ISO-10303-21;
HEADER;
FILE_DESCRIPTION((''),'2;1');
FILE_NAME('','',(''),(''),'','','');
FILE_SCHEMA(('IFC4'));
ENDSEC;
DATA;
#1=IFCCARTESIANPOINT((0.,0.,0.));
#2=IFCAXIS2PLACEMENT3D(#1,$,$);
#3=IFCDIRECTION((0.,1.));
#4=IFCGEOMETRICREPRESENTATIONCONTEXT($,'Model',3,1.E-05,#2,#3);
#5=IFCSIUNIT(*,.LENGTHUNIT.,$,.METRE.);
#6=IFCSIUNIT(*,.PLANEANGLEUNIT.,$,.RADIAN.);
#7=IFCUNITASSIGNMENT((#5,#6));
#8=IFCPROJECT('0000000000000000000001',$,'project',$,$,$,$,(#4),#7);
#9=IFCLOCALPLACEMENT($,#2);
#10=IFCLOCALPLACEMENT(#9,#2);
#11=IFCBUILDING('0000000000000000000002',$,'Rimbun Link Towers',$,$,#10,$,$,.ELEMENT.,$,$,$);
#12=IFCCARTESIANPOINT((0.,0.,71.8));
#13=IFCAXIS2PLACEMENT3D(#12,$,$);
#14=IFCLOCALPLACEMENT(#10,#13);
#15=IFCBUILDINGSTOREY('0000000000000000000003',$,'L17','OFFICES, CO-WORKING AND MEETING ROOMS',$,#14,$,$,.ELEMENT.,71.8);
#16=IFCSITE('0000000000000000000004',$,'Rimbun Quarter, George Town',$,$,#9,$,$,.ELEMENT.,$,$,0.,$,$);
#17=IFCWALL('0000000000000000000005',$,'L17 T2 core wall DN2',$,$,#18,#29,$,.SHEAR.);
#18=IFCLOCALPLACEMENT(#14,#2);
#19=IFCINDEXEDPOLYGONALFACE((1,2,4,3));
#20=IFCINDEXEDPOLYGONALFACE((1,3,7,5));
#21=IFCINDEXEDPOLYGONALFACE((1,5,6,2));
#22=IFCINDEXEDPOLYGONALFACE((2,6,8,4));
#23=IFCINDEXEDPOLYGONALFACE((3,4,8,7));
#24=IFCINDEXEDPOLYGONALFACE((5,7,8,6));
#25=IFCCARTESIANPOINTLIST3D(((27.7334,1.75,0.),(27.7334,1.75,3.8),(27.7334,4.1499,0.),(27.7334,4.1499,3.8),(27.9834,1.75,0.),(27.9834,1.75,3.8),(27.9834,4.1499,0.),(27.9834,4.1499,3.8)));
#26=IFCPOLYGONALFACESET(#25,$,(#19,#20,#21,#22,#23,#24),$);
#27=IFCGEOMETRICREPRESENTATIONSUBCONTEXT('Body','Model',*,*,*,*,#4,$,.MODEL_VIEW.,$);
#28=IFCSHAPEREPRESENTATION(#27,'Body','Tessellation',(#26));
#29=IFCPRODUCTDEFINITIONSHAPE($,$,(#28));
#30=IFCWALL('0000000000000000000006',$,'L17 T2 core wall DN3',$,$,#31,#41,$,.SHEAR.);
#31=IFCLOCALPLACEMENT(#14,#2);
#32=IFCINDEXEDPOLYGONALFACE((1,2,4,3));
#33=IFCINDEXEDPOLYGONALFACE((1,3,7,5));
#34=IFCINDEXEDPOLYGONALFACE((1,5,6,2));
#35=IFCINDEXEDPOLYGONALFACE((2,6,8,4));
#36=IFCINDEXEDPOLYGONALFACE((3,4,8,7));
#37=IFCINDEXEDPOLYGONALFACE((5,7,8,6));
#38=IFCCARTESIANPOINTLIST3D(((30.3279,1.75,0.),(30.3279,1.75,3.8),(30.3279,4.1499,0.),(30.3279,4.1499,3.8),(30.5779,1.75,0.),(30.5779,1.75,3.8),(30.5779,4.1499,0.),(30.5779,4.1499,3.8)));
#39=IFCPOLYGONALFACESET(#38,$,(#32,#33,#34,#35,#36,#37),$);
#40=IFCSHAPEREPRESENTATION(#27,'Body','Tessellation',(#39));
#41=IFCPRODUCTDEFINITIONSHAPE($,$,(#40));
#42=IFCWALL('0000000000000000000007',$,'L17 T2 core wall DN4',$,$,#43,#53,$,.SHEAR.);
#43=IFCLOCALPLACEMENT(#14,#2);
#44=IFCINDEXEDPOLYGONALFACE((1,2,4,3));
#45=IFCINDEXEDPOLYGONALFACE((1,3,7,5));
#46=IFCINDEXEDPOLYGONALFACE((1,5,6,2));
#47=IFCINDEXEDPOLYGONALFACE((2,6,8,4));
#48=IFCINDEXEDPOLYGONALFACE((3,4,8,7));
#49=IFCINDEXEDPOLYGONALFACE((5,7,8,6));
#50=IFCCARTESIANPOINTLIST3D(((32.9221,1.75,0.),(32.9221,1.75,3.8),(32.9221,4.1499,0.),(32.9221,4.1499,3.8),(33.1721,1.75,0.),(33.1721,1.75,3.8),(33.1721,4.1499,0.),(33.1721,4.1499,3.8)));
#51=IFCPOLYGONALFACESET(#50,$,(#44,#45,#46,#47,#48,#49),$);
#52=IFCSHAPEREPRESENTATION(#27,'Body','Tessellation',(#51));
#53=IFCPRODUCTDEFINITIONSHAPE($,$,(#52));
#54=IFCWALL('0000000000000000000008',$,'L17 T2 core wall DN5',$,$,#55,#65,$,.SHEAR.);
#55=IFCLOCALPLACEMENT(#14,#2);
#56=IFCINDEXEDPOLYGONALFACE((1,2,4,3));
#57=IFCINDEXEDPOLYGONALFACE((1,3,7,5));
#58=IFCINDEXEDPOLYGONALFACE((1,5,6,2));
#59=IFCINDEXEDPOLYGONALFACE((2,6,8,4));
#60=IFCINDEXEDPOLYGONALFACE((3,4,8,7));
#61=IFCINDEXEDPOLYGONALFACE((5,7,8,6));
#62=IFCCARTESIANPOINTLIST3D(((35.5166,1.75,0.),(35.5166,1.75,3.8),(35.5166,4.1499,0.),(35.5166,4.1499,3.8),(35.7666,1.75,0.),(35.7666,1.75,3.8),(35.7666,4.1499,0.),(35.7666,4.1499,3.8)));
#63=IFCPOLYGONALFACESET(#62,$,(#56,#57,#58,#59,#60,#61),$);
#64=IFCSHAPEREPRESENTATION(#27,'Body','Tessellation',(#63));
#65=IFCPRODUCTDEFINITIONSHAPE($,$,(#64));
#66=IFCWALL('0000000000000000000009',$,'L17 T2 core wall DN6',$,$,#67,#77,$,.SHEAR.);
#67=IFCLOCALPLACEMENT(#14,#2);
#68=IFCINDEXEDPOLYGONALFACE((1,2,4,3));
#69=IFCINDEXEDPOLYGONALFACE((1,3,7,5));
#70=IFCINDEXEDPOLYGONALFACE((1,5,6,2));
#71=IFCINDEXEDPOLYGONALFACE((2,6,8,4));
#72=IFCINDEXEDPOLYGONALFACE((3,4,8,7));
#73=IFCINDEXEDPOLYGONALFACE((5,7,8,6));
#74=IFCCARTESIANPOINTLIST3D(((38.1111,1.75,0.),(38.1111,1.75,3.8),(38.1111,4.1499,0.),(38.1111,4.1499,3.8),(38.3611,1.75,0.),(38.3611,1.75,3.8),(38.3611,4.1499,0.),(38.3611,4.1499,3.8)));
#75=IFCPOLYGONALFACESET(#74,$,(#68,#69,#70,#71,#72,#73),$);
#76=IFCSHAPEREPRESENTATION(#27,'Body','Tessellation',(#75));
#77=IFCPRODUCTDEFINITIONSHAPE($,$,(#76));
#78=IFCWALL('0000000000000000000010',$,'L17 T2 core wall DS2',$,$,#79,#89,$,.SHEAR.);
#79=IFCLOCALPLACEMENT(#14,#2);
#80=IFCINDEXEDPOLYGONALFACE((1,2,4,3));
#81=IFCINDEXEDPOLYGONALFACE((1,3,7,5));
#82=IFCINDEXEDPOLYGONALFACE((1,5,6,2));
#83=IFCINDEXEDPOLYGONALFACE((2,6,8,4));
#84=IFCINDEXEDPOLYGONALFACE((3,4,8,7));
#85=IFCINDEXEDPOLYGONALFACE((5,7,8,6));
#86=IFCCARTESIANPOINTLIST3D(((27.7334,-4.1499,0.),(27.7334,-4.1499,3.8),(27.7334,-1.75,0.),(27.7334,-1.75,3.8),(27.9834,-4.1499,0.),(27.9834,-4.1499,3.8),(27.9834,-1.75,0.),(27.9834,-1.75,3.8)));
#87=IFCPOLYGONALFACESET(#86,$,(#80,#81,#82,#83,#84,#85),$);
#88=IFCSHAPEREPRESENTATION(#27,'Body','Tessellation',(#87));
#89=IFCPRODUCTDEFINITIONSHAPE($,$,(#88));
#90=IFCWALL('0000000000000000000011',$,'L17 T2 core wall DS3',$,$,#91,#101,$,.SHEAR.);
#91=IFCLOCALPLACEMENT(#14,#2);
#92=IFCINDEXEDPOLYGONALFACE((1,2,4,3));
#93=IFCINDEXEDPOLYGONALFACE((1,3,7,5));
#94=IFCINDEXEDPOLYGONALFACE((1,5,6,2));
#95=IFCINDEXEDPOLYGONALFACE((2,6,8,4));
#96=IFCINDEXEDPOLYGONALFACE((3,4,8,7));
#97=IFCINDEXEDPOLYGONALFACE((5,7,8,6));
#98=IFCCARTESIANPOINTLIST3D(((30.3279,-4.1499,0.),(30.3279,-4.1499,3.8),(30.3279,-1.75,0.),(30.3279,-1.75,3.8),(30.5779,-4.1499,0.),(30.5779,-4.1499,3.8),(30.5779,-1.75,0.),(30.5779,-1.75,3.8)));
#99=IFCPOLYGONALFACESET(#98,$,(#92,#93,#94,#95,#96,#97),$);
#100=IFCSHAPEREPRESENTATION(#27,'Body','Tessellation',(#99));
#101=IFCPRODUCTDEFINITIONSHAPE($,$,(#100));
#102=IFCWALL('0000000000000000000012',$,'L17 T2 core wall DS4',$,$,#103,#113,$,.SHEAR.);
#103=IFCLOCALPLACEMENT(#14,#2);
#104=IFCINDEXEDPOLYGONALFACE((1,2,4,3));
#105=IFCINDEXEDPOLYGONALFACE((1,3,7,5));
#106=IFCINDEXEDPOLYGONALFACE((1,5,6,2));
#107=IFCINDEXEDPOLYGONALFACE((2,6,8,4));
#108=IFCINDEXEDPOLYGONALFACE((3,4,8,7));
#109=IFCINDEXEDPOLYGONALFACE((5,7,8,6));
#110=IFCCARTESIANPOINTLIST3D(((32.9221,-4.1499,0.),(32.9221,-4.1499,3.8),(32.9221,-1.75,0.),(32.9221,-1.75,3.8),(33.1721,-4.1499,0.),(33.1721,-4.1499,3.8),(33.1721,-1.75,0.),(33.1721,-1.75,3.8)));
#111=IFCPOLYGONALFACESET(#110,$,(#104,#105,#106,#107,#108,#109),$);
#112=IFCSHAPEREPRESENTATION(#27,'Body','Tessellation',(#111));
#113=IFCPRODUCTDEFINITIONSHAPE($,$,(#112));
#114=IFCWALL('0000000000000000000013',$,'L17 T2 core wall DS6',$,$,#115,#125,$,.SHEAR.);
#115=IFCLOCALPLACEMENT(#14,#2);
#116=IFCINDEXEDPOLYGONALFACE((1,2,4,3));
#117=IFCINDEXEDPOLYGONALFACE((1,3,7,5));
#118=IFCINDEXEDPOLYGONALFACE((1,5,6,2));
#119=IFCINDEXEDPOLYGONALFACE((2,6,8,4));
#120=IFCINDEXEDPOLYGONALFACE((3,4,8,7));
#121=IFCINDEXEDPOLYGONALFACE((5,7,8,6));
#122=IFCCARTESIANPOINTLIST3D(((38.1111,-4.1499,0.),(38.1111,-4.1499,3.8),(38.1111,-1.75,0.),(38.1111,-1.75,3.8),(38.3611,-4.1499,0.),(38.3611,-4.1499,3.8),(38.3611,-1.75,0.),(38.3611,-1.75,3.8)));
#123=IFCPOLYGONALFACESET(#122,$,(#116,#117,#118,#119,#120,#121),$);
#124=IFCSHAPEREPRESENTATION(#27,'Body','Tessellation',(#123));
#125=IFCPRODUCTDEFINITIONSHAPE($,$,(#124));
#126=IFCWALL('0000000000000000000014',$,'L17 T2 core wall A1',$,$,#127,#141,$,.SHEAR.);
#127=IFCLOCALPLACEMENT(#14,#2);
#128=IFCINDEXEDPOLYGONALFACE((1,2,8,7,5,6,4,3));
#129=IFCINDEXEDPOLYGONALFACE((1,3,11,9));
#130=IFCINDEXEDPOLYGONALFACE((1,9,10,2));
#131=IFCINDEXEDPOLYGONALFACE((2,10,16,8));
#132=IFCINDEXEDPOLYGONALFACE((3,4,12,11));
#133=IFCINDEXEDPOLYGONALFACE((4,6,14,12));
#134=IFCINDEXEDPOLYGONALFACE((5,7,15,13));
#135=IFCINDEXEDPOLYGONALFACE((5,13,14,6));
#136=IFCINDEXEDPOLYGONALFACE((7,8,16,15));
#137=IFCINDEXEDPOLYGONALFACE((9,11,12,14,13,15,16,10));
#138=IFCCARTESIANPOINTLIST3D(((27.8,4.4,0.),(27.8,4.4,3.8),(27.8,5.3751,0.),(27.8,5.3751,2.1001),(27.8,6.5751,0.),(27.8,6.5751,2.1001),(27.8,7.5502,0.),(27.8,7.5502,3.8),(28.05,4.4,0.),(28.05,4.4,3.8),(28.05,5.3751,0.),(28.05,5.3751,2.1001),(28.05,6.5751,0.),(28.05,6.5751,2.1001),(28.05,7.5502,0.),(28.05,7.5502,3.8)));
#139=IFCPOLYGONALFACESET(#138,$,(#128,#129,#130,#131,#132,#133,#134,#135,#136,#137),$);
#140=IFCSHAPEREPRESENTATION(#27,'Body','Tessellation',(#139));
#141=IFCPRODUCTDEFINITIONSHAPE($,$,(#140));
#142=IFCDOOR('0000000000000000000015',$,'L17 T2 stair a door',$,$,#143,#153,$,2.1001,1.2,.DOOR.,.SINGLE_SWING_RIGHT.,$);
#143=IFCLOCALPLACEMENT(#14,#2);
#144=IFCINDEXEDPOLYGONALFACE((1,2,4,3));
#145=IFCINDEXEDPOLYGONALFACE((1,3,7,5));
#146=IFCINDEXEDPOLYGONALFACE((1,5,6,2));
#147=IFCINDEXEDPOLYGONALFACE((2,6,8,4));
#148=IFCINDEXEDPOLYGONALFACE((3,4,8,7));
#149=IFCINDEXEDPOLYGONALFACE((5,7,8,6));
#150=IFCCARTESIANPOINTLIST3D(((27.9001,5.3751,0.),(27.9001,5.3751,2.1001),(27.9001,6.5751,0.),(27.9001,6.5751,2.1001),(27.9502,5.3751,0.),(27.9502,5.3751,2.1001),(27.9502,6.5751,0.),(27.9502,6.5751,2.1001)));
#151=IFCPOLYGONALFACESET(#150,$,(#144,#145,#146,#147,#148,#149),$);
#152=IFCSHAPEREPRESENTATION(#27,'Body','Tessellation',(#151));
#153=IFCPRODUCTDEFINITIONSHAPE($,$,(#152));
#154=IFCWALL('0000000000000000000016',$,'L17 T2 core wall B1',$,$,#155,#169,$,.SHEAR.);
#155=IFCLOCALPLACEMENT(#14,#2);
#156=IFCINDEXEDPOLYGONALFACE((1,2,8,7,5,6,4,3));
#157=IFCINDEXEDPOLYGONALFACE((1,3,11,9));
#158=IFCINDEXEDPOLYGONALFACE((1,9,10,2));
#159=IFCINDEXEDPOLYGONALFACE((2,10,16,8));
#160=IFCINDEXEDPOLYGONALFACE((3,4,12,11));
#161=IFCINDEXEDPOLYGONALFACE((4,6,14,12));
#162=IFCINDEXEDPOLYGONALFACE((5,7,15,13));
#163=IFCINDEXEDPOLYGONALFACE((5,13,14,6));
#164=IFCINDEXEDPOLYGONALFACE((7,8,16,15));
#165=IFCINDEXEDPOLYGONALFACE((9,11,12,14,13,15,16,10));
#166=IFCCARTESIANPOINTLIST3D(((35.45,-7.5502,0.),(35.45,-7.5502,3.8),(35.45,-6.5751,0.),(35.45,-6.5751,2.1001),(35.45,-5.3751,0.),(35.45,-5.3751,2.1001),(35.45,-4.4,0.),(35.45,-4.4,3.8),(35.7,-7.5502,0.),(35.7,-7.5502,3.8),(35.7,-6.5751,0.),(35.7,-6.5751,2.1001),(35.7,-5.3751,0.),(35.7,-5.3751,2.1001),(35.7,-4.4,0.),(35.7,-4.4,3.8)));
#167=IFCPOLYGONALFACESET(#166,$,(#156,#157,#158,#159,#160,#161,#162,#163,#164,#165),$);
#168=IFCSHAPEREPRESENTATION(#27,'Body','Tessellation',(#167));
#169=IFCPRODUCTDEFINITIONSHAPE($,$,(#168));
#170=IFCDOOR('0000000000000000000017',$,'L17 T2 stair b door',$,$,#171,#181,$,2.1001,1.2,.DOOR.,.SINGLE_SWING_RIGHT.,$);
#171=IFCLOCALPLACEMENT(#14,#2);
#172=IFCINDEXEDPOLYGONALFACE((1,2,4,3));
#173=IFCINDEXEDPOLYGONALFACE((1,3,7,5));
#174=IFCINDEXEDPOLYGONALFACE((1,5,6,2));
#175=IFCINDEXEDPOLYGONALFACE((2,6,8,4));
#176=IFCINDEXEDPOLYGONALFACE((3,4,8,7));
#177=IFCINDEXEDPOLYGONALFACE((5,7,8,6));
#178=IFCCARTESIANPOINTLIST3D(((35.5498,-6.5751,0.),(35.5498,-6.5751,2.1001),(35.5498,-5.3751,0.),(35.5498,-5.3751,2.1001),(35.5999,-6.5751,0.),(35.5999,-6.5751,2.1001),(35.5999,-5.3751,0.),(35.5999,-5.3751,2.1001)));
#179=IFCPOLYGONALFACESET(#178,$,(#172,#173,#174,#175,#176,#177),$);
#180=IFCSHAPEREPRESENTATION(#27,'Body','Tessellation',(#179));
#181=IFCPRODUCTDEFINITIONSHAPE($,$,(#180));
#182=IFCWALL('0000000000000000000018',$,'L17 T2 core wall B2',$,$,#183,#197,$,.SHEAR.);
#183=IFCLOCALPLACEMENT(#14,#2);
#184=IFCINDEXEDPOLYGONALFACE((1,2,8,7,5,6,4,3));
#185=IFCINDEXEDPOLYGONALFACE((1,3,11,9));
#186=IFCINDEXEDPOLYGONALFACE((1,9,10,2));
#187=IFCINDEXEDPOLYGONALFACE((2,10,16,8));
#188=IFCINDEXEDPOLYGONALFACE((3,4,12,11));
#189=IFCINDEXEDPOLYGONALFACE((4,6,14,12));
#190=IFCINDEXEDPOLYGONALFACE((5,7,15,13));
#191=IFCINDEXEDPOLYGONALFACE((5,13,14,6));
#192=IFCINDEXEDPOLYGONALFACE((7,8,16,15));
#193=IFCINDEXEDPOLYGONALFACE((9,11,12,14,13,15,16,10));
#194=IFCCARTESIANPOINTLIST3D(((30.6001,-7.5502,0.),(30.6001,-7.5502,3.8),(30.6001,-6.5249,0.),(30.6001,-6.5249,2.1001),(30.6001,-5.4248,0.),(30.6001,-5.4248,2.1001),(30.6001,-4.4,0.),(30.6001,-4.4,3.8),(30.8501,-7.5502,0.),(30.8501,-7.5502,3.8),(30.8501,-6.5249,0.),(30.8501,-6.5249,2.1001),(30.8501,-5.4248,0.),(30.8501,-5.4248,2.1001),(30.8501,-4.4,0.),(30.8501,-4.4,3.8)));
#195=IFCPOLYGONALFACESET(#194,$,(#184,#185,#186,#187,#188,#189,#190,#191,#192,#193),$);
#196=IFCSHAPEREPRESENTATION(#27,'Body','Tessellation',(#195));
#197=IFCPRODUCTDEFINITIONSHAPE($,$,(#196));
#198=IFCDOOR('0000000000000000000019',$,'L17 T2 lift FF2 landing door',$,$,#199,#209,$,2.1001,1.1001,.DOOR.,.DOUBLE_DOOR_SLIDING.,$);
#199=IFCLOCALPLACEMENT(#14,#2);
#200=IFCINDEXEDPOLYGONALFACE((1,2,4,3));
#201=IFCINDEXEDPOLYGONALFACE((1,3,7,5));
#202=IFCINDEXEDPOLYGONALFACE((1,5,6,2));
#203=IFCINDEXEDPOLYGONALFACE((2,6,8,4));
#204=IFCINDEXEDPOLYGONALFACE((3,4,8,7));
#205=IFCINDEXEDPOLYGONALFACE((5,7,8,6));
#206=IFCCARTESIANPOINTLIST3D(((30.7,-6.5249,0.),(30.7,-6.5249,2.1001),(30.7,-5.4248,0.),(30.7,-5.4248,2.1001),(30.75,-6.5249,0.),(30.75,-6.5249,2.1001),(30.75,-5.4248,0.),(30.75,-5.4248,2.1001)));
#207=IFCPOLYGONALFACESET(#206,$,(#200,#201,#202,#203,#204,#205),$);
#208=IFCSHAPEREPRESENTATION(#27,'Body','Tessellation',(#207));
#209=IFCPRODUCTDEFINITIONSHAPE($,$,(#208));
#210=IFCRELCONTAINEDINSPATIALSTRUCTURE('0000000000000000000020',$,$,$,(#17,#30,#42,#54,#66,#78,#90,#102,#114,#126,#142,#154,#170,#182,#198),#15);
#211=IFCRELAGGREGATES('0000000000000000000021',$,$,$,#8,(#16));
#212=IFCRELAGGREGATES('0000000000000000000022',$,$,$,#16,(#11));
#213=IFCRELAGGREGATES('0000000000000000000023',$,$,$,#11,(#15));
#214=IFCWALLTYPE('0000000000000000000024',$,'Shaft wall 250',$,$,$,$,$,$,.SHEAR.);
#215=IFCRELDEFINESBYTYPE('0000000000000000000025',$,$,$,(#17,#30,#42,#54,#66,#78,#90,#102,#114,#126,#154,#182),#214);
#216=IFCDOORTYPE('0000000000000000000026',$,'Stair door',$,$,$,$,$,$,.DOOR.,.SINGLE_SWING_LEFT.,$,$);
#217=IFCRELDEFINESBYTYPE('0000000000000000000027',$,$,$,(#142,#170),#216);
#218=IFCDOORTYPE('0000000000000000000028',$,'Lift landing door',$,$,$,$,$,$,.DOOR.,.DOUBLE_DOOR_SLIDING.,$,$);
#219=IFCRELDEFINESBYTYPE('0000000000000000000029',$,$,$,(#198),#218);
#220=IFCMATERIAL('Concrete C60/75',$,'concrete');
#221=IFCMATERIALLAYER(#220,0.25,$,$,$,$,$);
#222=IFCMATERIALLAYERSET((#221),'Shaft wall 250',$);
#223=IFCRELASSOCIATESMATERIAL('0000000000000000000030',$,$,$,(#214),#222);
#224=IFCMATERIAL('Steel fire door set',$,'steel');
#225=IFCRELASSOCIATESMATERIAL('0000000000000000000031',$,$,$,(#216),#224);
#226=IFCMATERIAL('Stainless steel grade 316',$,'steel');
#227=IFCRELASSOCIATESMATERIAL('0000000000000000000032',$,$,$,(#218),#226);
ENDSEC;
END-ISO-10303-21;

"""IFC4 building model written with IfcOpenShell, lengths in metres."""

from ifc_helpers import new_model, si_unit, direction, frame, frame_2d, origin, place, context, subcontext, project, spatial, rectangle, extrude, material, layer, layer_set, type_object, element, fill, save


model = new_model("IFC4")

# Units and contexts
model_context = context("Model", 3, precision=1e-05, world=origin(), true_north=direction((0.0, 1.0)))
body_context = subcontext(model_context, "Body", "Model", "MODEL_VIEW")
ifc_project = project(units=[si_unit("LENGTHUNIT", "METRE"), si_unit("PLANEANGLEUNIT", "RADIAN")], contexts=[model_context])

# Site, building, storey
site_placement = place(None, origin())
site = spatial("IfcSite", under=ifc_project, at=site_placement, Name="Rimbun Quarter, George Town", CompositionType="ELEMENT", RefElevation=0.0)
building_placement = place(site_placement, origin())
building = spatial("IfcBuilding", under=site, at=building_placement, Name="Rimbun Link Towers", CompositionType="ELEMENT")
storey_placement = place(building_placement, frame((0.0, 0.0, 71.8)))
storey = spatial("IfcBuildingStorey", under=building, at=storey_placement, Name="L17", Description="OFFICES, CO-WORKING AND MEETING ROOMS", CompositionType="ELEMENT", Elevation=71.8)

# Walls
ifc_material_1 = material(Name="Concrete C60/75", Category="concrete")
ifc_layer = layer(ifc_material_1, 0.25)
ifc_layer_set = layer_set([ifc_layer], Name="Shaft wall 250")
wall_type = type_object("IfcWallType", Name="Shaft wall 250", PredefinedType="SHEAR", material=ifc_layer_set)
for number, where, z_axis, x_axis, name in (
    (1, (27.8584, 1.75, 0.0), (0.0, 0.0, 1.0), (0.0, 1.0, 0.0), "L17 T2 core wall DN2"),
    (2, (30.4529, 1.75, 0.0), (0.0, 0.0, 1.0), (0.0, 1.0, 0.0), "L17 T2 core wall DN3"),
    (3, (33.0471, 1.75, 0.0), (0.0, 0.0, 1.0), (0.0, 1.0, 0.0), "L17 T2 core wall DN4"),
    (4, (35.6416, 1.75, 0.0), (0.0, 0.0, 1.0), (0.0, 1.0, 0.0), "L17 T2 core wall DN5"),
    (5, (38.2361, 1.75, 0.0), (0.0, 0.0, 1.0), (0.0, 1.0, 0.0), "L17 T2 core wall DN6"),
    (6, (27.8584, -4.1499, 0.0), (0.0, 0.0, 1.0), (0.0, 1.0, 0.0), "L17 T2 core wall DS2"),
    (7, (30.4529, -4.1499, 0.0), (0.0, 0.0, 1.0), (0.0, 1.0, 0.0), "L17 T2 core wall DS3"),
    (8, (33.0471, -4.1499, 0.0), (0.0, 0.0, 1.0), (0.0, 1.0, 0.0), "L17 T2 core wall DS4"),
    (9, (38.2361, -4.1499, 0.0), (0.0, 0.0, 1.0), (0.0, 1.0, 0.0), "L17 T2 core wall DS6"),
):
    element("IfcWall", number, at=place(storey_placement, frame(where, z_axis=z_axis, x_axis=x_axis)), inside=storey, type_object=wall_type, Name=name, PredefinedType="SHEAR", context=body_context, shape_type="SweptSolid", body=[
        extrude(rectangle(XDim=2.3999, YDim=0.25, at=frame_2d((1.2, 0.0))), origin(), (0.0, 0.0, 1.0), 3.8),
    ])

# Walls, openings, doors
wall_1_placement = place(storey_placement, frame((27.925, 4.3999, 0.0), z_axis=(0.0, 0.0, 1.0), x_axis=(0.0, 1.0, 0.0)))
wall_1 = element("IfcWall", 10, at=wall_1_placement, inside=storey, type_object=wall_type, Name="L17 T2 core wall A1", PredefinedType="SHEAR", context=body_context, shape_type="SweptSolid", body=[
    extrude(rectangle(XDim=3.1501, YDim=0.25, at=frame_2d((1.5752, 0.0))), origin(), (0.0, 0.0, 1.0), 3.8),
])
opening_1_placement = place(wall_1_placement, frame((0.9751, 0.0, 0.0)))
opening_1 = element("IfcOpeningElement", 11, at=opening_1_placement, cuts=wall_1, PredefinedType="OPENING", context=body_context, shape_type="SweptSolid", body=[
    extrude(rectangle(XDim=1.2, YDim=2.1001, at=frame_2d((0.6001, 1.05))), frame((0.0, 0.135, 0.0), z_axis=(0.0, -1.0, 0.0), x_axis=(1.0, 0.0, 0.0)), (0.0, 0.0, 1.0), 0.27),
])
ifc_material_2 = material(Name="Steel fire door set", Category="steel")
door_type_1 = type_object("IfcDoorType", Name="Stair door", OperationType="SINGLE_SWING_LEFT", PredefinedType="DOOR", material=ifc_material_2)
door_1_placement = place(opening_1_placement, origin())
door_1 = element("IfcDoor", 12, at=door_1_placement, inside=storey, type_object=door_type_1, Name="L17 T2 stair a door", OperationType="SINGLE_SWING_RIGHT", OverallHeight=2.1001, OverallWidth=1.2, PredefinedType="DOOR", context=body_context, shape_type="SweptSolid", body=[
    extrude(rectangle(XDim=1.2, YDim=2.1001, at=frame_2d((0.6001, 1.05))), frame((0.0, 0.0249, 0.0), z_axis=(0.0, -1.0, 0.0), x_axis=(1.0, 0.0, 0.0)), (0.0, 0.0, 1.0), 0.05),
])
fill(opening_1, door_1)
wall_2_placement = place(storey_placement, frame((35.575, -4.3999, 0.0), z_axis=(0.0, 0.0, 1.0), x_axis=(0.0, -1.0, 0.0)))
wall_2 = element("IfcWall", 13, at=wall_2_placement, inside=storey, type_object=wall_type, Name="L17 T2 core wall B1", PredefinedType="SHEAR", context=body_context, shape_type="SweptSolid", body=[
    extrude(rectangle(XDim=3.1501, YDim=0.25, at=frame_2d((1.5752, 0.0))), origin(), (0.0, 0.0, 1.0), 3.8),
])
opening_2_placement = place(wall_2_placement, frame((0.9751, 0.0, 0.0)))
opening_2 = element("IfcOpeningElement", 14, at=opening_2_placement, cuts=wall_2, PredefinedType="OPENING", context=body_context, shape_type="SweptSolid", body=[
    extrude(rectangle(XDim=1.2, YDim=2.1001, at=frame_2d((0.6001, 1.05))), frame((0.0, 0.135, 0.0), z_axis=(0.0, -1.0, 0.0), x_axis=(1.0, 0.0, 0.0)), (0.0, 0.0, 1.0), 0.27),
])
door_2_placement = place(opening_2_placement, origin())
door_2 = element("IfcDoor", 15, at=door_2_placement, inside=storey, type_object=door_type_1, Name="L17 T2 stair b door", OperationType="SINGLE_SWING_RIGHT", OverallHeight=2.1001, OverallWidth=1.2, PredefinedType="DOOR", context=body_context, shape_type="SweptSolid", body=[
    extrude(rectangle(XDim=1.2, YDim=2.1001, at=frame_2d((0.6001, 1.05))), frame((0.0, 0.0249, 0.0), z_axis=(0.0, -1.0, 0.0), x_axis=(1.0, 0.0, 0.0)), (0.0, 0.0, 1.0), 0.05),
])
fill(opening_2, door_2)
wall_3_placement = place(storey_placement, frame((30.7251, -4.3999, 0.0), z_axis=(0.0, 0.0, 1.0), x_axis=(0.0, -1.0, 0.0)))
wall_3 = element("IfcWall", 16, at=wall_3_placement, inside=storey, type_object=wall_type, Name="L17 T2 core wall B2", PredefinedType="SHEAR", context=body_context, shape_type="SweptSolid", body=[
    extrude(rectangle(XDim=3.1501, YDim=0.25, at=frame_2d((1.5752, 0.0))), origin(), (0.0, 0.0, 1.0), 3.8),
])
opening_3_placement = place(wall_3_placement, frame((1.0249, 0.0, 0.0)))
opening_3 = element("IfcOpeningElement", 17, at=opening_3_placement, cuts=wall_3, PredefinedType="OPENING", context=body_context, shape_type="SweptSolid", body=[
    extrude(rectangle(XDim=1.1001, YDim=2.1001, at=frame_2d((0.55, 1.05))), frame((0.0, 0.135, 0.0), z_axis=(0.0, -1.0, 0.0), x_axis=(1.0, 0.0, 0.0)), (0.0, 0.0, 1.0), 0.27),
])
ifc_material_3 = material(Name="Stainless steel grade 316", Category="steel")
door_type_2 = type_object("IfcDoorType", Name="Lift landing door", OperationType="DOUBLE_DOOR_SLIDING", PredefinedType="DOOR", material=ifc_material_3)
door_3_placement = place(opening_3_placement, origin())
door_3 = element("IfcDoor", 18, at=door_3_placement, inside=storey, type_object=door_type_2, Name="L17 T2 lift FF2 landing door", OperationType="DOUBLE_DOOR_SLIDING", OverallHeight=2.1001, OverallWidth=1.1001, PredefinedType="DOOR", context=body_context, shape_type="SweptSolid", body=[
    extrude(rectangle(XDim=1.1001, YDim=2.1001, at=frame_2d((0.55, 1.05))), frame((0.0, 0.0249, 0.0), z_axis=(0.0, -1.0, 0.0), x_axis=(1.0, 0.0, 0.0)), (0.0, 0.0, 1.0), 0.05),
])
fill(opening_3, door_3)

save(model, "model.ifc")
